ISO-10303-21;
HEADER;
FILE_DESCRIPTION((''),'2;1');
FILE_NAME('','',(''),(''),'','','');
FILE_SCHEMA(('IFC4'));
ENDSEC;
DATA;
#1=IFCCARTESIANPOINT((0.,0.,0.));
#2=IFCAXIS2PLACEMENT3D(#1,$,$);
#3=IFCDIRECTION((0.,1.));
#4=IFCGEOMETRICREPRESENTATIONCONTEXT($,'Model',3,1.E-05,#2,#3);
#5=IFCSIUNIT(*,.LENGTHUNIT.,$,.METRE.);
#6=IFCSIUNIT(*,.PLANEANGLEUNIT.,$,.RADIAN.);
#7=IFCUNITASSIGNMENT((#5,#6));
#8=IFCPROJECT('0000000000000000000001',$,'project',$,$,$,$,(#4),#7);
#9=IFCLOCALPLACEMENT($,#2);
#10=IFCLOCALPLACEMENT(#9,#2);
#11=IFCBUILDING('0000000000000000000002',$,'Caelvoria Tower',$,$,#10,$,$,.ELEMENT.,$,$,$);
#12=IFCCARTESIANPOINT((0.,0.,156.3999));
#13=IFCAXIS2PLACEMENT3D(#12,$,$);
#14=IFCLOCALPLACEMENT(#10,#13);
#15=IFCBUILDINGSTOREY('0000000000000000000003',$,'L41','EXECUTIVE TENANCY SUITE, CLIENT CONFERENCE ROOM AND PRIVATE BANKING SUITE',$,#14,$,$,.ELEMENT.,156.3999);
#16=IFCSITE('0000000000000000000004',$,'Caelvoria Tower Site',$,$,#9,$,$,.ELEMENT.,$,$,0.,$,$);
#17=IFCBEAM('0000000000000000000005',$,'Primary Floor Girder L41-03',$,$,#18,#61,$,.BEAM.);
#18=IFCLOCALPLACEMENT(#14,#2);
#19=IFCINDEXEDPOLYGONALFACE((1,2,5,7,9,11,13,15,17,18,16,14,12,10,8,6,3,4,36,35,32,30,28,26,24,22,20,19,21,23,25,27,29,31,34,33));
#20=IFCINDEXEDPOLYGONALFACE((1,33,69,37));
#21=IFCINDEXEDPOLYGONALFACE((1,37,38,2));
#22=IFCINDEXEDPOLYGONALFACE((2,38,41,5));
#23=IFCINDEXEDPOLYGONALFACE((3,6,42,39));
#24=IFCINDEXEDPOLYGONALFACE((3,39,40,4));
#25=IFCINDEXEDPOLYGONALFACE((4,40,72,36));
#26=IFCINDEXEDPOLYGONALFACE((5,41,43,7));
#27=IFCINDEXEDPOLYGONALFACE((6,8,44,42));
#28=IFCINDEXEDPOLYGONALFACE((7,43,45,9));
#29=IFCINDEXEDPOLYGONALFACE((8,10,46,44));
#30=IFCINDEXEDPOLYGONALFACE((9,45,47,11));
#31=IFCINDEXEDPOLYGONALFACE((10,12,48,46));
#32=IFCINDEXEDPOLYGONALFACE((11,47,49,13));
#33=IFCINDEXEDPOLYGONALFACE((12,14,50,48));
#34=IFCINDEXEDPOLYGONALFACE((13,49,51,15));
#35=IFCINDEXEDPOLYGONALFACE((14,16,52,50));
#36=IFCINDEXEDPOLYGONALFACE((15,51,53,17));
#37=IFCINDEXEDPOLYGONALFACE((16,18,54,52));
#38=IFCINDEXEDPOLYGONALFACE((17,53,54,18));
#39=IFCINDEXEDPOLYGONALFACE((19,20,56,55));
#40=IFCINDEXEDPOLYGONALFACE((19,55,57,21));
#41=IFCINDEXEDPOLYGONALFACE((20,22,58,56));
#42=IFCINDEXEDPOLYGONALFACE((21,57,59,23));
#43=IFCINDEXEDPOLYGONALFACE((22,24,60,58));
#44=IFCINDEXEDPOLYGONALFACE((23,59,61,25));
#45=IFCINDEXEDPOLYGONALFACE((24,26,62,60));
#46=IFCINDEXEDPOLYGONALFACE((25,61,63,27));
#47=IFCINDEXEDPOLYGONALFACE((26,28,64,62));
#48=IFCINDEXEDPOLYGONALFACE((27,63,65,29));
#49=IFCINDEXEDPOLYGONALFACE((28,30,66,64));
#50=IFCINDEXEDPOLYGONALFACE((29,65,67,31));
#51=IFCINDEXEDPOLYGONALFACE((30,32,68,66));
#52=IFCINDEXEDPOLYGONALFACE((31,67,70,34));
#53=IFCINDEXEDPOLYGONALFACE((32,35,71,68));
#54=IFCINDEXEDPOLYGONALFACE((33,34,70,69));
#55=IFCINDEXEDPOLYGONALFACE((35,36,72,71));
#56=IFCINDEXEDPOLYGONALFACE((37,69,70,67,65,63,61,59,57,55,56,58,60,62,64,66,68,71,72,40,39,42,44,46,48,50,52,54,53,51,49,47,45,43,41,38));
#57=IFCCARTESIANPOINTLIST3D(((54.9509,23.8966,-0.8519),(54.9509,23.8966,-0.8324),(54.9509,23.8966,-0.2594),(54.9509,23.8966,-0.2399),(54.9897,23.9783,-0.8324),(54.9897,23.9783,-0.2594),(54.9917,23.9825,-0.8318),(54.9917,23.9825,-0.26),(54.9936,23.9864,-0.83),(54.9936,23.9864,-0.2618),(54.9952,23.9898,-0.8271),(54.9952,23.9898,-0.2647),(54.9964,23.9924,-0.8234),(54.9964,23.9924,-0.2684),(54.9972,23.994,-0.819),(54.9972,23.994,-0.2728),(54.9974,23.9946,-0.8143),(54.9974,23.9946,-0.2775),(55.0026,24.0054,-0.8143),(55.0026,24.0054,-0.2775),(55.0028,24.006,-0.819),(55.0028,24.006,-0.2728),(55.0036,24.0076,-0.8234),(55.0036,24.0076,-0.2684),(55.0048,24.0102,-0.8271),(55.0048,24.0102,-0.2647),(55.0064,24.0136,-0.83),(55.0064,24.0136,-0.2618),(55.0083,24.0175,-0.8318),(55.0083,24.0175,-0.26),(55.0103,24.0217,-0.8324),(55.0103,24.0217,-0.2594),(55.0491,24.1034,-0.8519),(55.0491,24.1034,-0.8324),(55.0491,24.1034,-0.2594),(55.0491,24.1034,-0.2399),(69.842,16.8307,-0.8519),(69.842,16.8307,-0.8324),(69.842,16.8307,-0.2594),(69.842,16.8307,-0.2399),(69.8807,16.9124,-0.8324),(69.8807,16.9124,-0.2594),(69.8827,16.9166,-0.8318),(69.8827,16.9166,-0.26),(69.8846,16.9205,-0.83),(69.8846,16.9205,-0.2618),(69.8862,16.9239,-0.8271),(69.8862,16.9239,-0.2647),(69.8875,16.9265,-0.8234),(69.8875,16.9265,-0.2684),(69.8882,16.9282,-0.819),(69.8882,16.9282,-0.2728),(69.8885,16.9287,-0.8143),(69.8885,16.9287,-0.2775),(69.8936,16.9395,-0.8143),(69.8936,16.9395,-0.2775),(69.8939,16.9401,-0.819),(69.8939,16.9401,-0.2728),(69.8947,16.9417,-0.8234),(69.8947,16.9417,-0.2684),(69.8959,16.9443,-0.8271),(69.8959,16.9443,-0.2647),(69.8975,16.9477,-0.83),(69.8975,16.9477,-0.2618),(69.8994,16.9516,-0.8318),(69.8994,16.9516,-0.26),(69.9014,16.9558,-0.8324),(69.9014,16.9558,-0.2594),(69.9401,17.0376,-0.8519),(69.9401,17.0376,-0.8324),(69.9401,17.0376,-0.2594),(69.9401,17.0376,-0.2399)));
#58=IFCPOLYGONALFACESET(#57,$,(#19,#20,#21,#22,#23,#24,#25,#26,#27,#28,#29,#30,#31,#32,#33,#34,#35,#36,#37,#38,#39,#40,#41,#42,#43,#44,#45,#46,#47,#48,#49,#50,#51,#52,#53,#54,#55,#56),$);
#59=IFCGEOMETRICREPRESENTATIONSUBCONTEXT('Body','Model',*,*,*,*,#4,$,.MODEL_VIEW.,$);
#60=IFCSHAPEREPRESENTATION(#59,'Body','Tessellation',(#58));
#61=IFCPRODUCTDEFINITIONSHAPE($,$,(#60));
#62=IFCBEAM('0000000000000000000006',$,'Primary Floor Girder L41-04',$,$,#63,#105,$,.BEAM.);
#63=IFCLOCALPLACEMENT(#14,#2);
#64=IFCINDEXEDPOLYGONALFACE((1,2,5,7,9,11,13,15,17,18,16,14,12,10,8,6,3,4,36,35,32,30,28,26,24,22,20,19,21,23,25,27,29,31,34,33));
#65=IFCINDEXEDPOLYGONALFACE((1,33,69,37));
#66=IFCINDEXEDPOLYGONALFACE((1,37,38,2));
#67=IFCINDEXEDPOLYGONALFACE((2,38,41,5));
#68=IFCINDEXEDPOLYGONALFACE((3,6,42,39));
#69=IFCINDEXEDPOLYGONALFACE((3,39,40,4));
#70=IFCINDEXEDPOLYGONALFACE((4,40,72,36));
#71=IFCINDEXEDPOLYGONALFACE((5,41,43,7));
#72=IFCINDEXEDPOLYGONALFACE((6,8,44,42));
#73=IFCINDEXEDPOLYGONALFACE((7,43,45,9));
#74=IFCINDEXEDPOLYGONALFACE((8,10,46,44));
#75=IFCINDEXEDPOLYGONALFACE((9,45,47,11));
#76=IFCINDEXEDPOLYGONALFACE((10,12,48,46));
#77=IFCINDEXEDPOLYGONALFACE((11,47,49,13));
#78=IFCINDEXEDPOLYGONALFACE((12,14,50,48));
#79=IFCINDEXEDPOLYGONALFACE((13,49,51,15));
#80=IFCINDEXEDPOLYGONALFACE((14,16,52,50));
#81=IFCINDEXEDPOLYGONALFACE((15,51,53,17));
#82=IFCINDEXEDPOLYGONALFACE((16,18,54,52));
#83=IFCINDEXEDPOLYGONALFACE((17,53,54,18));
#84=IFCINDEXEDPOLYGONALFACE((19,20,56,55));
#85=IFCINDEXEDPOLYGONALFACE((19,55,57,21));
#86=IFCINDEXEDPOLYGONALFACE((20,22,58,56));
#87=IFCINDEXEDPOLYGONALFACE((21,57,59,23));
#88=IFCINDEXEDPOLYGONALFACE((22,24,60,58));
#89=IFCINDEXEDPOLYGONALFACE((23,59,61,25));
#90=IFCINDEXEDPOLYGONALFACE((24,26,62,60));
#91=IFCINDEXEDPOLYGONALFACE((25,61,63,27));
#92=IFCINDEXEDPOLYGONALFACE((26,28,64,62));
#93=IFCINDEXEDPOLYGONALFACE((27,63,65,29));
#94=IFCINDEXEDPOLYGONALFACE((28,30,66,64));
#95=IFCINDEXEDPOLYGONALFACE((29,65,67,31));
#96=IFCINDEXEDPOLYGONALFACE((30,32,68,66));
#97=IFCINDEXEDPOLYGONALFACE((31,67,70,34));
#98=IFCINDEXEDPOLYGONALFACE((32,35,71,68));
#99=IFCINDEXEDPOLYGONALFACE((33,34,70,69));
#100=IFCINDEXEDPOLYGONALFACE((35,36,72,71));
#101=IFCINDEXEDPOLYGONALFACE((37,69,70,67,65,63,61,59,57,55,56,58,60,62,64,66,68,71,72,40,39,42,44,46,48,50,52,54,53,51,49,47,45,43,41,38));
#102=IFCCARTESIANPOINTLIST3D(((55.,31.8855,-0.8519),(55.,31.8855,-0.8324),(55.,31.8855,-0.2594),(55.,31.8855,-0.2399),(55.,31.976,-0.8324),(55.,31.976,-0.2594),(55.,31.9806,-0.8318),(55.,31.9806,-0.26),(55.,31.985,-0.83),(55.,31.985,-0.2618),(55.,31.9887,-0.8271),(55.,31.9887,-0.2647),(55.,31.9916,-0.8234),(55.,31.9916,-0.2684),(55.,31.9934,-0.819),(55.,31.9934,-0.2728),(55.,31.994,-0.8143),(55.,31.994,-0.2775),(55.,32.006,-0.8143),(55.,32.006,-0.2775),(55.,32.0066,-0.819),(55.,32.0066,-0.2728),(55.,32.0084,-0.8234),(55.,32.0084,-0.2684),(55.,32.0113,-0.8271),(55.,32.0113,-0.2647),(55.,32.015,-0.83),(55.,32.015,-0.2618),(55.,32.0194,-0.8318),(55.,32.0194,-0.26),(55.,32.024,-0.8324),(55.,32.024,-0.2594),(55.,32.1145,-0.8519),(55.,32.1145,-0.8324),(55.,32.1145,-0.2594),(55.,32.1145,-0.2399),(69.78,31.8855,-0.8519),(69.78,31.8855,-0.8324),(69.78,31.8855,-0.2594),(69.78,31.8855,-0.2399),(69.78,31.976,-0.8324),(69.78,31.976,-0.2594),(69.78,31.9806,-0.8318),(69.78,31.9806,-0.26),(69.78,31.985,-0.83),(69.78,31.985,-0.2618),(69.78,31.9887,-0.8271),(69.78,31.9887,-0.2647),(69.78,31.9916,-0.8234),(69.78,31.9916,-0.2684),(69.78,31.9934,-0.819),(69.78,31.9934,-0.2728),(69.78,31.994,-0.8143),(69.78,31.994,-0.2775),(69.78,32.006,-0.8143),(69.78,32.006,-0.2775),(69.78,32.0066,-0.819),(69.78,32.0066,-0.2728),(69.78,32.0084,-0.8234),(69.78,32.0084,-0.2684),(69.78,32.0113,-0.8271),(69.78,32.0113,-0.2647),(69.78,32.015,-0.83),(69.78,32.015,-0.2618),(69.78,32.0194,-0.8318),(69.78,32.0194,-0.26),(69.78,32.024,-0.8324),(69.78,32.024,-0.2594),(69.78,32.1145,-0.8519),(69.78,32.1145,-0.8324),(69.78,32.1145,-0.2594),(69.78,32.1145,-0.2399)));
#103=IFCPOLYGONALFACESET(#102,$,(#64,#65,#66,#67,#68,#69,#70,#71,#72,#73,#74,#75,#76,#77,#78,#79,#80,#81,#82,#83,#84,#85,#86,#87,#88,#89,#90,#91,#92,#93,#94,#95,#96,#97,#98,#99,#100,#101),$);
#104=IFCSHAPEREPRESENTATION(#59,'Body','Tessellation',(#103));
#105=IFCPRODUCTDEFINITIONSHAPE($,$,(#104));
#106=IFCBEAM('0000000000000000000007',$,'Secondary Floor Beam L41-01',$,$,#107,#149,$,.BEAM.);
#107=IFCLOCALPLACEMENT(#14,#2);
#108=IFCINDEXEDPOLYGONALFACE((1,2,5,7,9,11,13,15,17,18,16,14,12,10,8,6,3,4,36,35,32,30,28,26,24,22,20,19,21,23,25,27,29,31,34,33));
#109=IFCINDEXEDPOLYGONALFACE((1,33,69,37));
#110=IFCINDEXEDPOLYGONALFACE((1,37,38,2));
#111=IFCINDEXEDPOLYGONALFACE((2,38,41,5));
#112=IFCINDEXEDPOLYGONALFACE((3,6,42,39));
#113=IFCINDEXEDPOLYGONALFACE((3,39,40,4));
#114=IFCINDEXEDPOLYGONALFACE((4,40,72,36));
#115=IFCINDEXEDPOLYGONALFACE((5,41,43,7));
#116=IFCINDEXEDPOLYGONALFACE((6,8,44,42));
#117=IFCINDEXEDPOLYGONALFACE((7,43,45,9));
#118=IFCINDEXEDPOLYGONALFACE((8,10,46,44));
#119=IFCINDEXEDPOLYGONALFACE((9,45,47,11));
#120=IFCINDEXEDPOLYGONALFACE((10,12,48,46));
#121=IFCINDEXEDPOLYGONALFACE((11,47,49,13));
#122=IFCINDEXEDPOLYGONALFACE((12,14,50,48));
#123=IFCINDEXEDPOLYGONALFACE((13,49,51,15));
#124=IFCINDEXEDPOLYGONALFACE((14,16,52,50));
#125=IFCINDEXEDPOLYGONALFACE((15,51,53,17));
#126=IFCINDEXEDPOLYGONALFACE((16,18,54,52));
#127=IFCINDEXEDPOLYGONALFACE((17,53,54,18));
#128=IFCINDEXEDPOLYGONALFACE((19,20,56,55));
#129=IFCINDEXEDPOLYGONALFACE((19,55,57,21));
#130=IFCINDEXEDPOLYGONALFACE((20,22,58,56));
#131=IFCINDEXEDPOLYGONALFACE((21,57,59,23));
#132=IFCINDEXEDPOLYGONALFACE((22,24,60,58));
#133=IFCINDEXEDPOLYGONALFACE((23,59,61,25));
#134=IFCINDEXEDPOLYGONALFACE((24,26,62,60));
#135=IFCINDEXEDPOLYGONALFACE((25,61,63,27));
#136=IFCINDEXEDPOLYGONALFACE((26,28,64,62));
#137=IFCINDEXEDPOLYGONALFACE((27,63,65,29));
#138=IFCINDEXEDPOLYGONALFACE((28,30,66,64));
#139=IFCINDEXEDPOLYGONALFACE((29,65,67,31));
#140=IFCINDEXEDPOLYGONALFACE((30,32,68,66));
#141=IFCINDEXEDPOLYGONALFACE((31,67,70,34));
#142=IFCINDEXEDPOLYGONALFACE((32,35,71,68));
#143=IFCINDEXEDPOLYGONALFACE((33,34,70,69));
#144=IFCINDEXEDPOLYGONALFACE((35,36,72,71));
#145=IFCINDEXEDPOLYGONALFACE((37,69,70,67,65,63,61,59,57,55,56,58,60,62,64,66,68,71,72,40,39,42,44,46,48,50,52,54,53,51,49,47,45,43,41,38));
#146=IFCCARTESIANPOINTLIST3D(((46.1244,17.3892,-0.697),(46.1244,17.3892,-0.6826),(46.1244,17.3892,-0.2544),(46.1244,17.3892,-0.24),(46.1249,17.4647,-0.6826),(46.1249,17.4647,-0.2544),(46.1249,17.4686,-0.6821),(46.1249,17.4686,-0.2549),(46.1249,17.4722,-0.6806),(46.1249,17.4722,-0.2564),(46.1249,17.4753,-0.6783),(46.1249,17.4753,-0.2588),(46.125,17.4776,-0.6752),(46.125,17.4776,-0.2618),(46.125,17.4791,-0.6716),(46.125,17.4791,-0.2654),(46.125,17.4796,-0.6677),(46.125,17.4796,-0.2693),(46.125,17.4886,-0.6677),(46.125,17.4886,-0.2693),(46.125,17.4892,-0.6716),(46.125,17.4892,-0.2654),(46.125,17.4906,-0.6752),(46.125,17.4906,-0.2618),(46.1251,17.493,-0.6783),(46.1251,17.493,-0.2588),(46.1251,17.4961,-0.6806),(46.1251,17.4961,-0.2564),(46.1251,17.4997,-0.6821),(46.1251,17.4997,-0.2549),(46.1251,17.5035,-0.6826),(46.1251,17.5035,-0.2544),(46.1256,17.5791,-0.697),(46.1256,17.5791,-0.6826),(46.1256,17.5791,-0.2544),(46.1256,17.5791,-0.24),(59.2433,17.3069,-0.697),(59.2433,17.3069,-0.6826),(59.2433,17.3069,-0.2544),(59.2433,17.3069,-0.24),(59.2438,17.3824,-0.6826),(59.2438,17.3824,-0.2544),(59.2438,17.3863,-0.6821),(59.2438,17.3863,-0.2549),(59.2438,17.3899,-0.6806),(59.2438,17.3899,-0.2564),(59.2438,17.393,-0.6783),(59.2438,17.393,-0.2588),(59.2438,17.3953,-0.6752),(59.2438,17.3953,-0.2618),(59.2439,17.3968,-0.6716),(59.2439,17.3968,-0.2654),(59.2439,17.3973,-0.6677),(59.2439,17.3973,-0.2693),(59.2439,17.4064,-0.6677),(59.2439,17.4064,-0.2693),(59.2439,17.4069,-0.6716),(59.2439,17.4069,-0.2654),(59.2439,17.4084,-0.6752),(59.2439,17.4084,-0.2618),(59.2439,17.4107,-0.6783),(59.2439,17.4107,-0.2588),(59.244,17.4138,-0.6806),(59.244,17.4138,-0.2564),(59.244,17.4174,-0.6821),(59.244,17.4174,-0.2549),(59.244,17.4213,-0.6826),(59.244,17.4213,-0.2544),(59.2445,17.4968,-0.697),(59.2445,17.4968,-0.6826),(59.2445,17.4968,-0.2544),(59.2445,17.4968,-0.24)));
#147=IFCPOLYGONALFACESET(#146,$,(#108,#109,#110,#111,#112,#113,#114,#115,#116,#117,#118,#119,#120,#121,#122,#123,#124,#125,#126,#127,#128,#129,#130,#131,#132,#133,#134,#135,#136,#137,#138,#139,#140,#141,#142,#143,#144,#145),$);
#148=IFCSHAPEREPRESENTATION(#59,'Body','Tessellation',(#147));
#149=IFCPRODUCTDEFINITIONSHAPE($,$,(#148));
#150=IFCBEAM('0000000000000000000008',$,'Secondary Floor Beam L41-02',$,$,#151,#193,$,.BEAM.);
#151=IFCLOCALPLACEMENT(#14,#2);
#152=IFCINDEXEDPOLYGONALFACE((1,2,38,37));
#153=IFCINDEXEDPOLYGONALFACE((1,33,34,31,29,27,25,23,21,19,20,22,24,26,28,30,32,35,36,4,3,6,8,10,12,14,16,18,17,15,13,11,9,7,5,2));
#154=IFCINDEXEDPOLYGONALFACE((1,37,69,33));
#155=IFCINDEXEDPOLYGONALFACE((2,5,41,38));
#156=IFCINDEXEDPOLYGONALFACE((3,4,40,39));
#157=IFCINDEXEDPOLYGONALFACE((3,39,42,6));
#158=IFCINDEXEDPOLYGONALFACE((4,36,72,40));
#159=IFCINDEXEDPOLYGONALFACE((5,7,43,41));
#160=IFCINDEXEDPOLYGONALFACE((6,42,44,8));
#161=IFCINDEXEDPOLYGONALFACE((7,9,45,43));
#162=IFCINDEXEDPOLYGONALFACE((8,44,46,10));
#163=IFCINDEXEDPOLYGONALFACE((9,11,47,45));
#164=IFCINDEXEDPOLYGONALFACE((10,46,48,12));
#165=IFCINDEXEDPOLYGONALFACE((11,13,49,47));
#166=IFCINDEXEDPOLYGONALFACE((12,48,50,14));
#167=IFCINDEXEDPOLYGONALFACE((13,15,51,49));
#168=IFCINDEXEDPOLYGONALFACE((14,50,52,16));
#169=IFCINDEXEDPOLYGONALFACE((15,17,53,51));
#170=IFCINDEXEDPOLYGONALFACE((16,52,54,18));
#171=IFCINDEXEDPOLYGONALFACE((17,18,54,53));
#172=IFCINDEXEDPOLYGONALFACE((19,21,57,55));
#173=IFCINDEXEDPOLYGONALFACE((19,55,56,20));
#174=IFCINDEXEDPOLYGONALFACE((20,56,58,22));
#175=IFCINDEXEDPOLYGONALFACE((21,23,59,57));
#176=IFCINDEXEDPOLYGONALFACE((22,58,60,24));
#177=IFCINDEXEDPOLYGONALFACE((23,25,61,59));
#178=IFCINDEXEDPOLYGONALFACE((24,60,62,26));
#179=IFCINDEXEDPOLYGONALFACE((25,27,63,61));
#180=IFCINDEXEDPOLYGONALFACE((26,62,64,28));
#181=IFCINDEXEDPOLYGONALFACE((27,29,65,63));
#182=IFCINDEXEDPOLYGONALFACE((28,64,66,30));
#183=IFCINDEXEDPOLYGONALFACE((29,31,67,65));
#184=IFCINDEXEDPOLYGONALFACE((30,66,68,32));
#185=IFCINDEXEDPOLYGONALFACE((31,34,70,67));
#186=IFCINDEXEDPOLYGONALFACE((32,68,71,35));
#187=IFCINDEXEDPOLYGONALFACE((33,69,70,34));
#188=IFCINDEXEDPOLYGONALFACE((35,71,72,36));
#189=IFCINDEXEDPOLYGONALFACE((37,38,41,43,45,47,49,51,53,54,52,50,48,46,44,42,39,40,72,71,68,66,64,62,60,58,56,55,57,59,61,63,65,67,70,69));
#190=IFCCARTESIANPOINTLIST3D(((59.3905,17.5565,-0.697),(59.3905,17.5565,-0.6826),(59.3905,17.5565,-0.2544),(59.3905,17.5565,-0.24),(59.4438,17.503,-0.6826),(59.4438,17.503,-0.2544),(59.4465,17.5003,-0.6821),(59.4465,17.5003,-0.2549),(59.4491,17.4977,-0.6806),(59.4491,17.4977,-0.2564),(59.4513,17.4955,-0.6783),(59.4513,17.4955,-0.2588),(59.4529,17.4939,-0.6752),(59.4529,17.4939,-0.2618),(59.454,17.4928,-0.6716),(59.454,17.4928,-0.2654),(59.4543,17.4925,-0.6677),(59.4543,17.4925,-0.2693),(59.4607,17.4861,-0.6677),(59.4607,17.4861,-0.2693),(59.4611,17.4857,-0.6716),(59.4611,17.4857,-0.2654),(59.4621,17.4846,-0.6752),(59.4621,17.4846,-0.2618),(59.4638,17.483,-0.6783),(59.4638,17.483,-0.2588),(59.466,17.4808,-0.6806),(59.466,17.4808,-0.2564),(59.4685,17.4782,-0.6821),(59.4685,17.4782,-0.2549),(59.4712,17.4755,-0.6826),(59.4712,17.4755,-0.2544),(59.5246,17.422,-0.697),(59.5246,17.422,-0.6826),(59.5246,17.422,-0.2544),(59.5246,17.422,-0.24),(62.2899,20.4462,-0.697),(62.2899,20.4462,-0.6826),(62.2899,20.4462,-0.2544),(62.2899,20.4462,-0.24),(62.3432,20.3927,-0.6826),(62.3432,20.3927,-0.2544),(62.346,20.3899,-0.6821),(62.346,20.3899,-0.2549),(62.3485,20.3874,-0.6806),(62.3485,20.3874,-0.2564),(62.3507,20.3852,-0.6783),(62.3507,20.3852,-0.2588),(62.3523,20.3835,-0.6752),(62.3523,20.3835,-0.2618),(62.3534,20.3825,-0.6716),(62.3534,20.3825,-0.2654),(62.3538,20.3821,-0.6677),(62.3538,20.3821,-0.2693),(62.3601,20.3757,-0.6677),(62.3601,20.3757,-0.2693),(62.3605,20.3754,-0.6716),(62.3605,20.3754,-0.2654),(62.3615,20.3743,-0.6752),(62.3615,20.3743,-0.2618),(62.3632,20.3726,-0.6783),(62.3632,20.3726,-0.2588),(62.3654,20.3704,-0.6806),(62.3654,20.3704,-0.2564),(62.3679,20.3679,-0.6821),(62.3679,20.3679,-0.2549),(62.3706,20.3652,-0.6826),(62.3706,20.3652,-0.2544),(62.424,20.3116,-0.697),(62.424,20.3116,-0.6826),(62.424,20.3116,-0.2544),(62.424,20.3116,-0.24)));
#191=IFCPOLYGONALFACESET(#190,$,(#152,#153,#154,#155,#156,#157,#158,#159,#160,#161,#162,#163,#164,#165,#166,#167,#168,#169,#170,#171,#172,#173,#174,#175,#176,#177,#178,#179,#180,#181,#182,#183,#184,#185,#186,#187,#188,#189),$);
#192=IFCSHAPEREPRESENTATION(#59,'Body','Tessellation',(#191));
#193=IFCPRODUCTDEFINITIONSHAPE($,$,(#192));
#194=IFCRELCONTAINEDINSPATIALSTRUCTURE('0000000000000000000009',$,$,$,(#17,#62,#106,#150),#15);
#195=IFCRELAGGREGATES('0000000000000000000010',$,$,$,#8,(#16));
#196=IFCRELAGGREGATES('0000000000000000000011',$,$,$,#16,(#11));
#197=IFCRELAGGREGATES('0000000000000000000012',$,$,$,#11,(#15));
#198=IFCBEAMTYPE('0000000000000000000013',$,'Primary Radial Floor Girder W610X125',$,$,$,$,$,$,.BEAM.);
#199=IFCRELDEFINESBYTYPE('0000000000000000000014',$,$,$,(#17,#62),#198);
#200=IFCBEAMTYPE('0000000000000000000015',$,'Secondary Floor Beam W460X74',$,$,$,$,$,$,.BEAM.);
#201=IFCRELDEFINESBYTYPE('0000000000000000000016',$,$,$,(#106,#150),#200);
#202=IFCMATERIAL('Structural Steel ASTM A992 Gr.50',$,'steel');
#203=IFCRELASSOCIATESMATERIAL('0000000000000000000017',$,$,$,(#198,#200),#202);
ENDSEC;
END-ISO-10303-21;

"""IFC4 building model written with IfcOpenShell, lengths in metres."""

from ifc_helpers import new_model, si_unit, direction, frame, origin, origin_2d, place, context, subcontext, project, spatial, i_section, extrude, material, material_profile, profile_set, type_object, element, save


model = new_model("IFC4")

# Units and contexts
model_context = context("Model", 3, precision=1e-05, world=origin(), true_north=direction((0.0, 1.0)))
body_context = subcontext(model_context, "Body", "Model", "MODEL_VIEW")
ifc_project = project(units=[si_unit("LENGTHUNIT", "METRE"), si_unit("PLANEANGLEUNIT", "RADIAN")], contexts=[model_context])

# Site, building, storey
site_placement = place(None, origin())
site = spatial("IfcSite", under=ifc_project, at=site_placement, Name="Caelvoria Tower Site", CompositionType="ELEMENT", RefElevation=0.0)
building_placement = place(site_placement, origin())
building = spatial("IfcBuilding", under=site, at=building_placement, Name="Caelvoria Tower", CompositionType="ELEMENT")
storey_placement = place(building_placement, frame((0.0, 0.0, 156.3999)))
storey = spatial("IfcBuildingStorey", under=building, at=storey_placement, Name="L41", Description="EXECUTIVE TENANCY SUITE, CLIENT CONFERENCE ROOM AND PRIVATE BANKING SUITE", CompositionType="ELEMENT", Elevation=156.3999)

# Shared definitions
ifc_material_1 = material(Name="Structural Steel ASTM A992 Gr.50", Category="steel")

# Beams
ifc_material_profile_1 = material_profile(ifc_material_1, i_section(OverallWidth=0.229, OverallDepth=0.6121, WebThickness=0.012, FlangeThickness=0.0195, FilletRadius=0.0181, at=origin_2d()), Name="Structural Steel ASTM A992 Gr.50")
ifc_profile_set_1 = profile_set([ifc_material_profile_1], Name="W610X125 - Structural Steel ASTM A992 Gr.50")
beam_type_1 = type_object("IfcBeamType", Name="Primary Radial Floor Girder W610X125", PredefinedType="BEAM", material=ifc_profile_set_1)
beam_1_placement = place(storey_placement, frame((55.0, 24.0, -0.5459), z_axis=(0.903451, -0.428692, 0.0), x_axis=(0.428692, 0.903451, 0.0)))
element("IfcBeam", 1, at=beam_1_placement, inside=storey, type_object=beam_type_1, Name="Primary Floor Girder L41-03", PredefinedType="BEAM", context=body_context, shape_type="SweptSolid", body=[
    extrude(i_section(OverallWidth=0.229, OverallDepth=0.6121, WebThickness=0.012, FlangeThickness=0.0195, FilletRadius=0.0181, at=origin_2d()), origin(), (0.0, 0.0, 1.0), 16.4824),
])
beam_2_placement = place(storey_placement, frame((55.0, 32.0, -0.5459), z_axis=(1.0, 0.0, 0.0), x_axis=(0.0, 1.0, 0.0)))
element("IfcBeam", 2, at=beam_2_placement, inside=storey, type_object=beam_type_1, Name="Primary Floor Girder L41-04", PredefinedType="BEAM", context=body_context, shape_type="SweptSolid", body=[
    extrude(i_section(OverallWidth=0.229, OverallDepth=0.6121, WebThickness=0.012, FlangeThickness=0.0195, FilletRadius=0.0181, at=origin_2d()), origin(), (0.0, 0.0, 1.0), 14.78),
])
ifc_material_profile_2 = material_profile(ifc_material_1, i_section(OverallWidth=0.1899, OverallDepth=0.457, WebThickness=0.009, FlangeThickness=0.0144, FilletRadius=0.0149, at=origin_2d()), Name="Structural Steel ASTM A992 Gr.50")
ifc_profile_set_2 = profile_set([ifc_material_profile_2], Name="W460X74 - Structural Steel ASTM A992 Gr.50")
beam_type_2 = type_object("IfcBeamType", Name="Secondary Floor Beam W460X74", PredefinedType="BEAM", material=ifc_profile_set_2)
beam_3_placement = place(storey_placement, frame((46.125, 17.4841, -0.4685), z_axis=(0.99998, -0.006271, 0.0), x_axis=(0.006271, 0.99998, 0.0)))
element("IfcBeam", 3, at=beam_3_placement, inside=storey, type_object=beam_type_2, Name="Secondary Floor Beam L41-01", PredefinedType="BEAM", context=body_context, shape_type="SweptSolid", body=[
    extrude(i_section(OverallWidth=0.1899, OverallDepth=0.457, WebThickness=0.009, FlangeThickness=0.0144, FilletRadius=0.0149, at=origin_2d()), origin(), (0.0, 0.0, 1.0), 13.1191),
])
beam_4_placement = place(storey_placement, frame((59.4575, 17.4893, -0.4685), z_axis=(0.708299, 0.705913, 0.0), x_axis=(-0.705913, 0.708299, 0.0)))
element("IfcBeam", 4, at=beam_4_placement, inside=storey, type_object=beam_type_2, Name="Secondary Floor Beam L41-02", PredefinedType="BEAM", context=body_context, shape_type="SweptSolid", body=[
    extrude(i_section(OverallWidth=0.1899, OverallDepth=0.457, WebThickness=0.009, FlangeThickness=0.0144, FilletRadius=0.0149, at=origin_2d()), origin(), (0.0, 0.0, 1.0), 4.0935),
])

save(model, "model.ifc")
